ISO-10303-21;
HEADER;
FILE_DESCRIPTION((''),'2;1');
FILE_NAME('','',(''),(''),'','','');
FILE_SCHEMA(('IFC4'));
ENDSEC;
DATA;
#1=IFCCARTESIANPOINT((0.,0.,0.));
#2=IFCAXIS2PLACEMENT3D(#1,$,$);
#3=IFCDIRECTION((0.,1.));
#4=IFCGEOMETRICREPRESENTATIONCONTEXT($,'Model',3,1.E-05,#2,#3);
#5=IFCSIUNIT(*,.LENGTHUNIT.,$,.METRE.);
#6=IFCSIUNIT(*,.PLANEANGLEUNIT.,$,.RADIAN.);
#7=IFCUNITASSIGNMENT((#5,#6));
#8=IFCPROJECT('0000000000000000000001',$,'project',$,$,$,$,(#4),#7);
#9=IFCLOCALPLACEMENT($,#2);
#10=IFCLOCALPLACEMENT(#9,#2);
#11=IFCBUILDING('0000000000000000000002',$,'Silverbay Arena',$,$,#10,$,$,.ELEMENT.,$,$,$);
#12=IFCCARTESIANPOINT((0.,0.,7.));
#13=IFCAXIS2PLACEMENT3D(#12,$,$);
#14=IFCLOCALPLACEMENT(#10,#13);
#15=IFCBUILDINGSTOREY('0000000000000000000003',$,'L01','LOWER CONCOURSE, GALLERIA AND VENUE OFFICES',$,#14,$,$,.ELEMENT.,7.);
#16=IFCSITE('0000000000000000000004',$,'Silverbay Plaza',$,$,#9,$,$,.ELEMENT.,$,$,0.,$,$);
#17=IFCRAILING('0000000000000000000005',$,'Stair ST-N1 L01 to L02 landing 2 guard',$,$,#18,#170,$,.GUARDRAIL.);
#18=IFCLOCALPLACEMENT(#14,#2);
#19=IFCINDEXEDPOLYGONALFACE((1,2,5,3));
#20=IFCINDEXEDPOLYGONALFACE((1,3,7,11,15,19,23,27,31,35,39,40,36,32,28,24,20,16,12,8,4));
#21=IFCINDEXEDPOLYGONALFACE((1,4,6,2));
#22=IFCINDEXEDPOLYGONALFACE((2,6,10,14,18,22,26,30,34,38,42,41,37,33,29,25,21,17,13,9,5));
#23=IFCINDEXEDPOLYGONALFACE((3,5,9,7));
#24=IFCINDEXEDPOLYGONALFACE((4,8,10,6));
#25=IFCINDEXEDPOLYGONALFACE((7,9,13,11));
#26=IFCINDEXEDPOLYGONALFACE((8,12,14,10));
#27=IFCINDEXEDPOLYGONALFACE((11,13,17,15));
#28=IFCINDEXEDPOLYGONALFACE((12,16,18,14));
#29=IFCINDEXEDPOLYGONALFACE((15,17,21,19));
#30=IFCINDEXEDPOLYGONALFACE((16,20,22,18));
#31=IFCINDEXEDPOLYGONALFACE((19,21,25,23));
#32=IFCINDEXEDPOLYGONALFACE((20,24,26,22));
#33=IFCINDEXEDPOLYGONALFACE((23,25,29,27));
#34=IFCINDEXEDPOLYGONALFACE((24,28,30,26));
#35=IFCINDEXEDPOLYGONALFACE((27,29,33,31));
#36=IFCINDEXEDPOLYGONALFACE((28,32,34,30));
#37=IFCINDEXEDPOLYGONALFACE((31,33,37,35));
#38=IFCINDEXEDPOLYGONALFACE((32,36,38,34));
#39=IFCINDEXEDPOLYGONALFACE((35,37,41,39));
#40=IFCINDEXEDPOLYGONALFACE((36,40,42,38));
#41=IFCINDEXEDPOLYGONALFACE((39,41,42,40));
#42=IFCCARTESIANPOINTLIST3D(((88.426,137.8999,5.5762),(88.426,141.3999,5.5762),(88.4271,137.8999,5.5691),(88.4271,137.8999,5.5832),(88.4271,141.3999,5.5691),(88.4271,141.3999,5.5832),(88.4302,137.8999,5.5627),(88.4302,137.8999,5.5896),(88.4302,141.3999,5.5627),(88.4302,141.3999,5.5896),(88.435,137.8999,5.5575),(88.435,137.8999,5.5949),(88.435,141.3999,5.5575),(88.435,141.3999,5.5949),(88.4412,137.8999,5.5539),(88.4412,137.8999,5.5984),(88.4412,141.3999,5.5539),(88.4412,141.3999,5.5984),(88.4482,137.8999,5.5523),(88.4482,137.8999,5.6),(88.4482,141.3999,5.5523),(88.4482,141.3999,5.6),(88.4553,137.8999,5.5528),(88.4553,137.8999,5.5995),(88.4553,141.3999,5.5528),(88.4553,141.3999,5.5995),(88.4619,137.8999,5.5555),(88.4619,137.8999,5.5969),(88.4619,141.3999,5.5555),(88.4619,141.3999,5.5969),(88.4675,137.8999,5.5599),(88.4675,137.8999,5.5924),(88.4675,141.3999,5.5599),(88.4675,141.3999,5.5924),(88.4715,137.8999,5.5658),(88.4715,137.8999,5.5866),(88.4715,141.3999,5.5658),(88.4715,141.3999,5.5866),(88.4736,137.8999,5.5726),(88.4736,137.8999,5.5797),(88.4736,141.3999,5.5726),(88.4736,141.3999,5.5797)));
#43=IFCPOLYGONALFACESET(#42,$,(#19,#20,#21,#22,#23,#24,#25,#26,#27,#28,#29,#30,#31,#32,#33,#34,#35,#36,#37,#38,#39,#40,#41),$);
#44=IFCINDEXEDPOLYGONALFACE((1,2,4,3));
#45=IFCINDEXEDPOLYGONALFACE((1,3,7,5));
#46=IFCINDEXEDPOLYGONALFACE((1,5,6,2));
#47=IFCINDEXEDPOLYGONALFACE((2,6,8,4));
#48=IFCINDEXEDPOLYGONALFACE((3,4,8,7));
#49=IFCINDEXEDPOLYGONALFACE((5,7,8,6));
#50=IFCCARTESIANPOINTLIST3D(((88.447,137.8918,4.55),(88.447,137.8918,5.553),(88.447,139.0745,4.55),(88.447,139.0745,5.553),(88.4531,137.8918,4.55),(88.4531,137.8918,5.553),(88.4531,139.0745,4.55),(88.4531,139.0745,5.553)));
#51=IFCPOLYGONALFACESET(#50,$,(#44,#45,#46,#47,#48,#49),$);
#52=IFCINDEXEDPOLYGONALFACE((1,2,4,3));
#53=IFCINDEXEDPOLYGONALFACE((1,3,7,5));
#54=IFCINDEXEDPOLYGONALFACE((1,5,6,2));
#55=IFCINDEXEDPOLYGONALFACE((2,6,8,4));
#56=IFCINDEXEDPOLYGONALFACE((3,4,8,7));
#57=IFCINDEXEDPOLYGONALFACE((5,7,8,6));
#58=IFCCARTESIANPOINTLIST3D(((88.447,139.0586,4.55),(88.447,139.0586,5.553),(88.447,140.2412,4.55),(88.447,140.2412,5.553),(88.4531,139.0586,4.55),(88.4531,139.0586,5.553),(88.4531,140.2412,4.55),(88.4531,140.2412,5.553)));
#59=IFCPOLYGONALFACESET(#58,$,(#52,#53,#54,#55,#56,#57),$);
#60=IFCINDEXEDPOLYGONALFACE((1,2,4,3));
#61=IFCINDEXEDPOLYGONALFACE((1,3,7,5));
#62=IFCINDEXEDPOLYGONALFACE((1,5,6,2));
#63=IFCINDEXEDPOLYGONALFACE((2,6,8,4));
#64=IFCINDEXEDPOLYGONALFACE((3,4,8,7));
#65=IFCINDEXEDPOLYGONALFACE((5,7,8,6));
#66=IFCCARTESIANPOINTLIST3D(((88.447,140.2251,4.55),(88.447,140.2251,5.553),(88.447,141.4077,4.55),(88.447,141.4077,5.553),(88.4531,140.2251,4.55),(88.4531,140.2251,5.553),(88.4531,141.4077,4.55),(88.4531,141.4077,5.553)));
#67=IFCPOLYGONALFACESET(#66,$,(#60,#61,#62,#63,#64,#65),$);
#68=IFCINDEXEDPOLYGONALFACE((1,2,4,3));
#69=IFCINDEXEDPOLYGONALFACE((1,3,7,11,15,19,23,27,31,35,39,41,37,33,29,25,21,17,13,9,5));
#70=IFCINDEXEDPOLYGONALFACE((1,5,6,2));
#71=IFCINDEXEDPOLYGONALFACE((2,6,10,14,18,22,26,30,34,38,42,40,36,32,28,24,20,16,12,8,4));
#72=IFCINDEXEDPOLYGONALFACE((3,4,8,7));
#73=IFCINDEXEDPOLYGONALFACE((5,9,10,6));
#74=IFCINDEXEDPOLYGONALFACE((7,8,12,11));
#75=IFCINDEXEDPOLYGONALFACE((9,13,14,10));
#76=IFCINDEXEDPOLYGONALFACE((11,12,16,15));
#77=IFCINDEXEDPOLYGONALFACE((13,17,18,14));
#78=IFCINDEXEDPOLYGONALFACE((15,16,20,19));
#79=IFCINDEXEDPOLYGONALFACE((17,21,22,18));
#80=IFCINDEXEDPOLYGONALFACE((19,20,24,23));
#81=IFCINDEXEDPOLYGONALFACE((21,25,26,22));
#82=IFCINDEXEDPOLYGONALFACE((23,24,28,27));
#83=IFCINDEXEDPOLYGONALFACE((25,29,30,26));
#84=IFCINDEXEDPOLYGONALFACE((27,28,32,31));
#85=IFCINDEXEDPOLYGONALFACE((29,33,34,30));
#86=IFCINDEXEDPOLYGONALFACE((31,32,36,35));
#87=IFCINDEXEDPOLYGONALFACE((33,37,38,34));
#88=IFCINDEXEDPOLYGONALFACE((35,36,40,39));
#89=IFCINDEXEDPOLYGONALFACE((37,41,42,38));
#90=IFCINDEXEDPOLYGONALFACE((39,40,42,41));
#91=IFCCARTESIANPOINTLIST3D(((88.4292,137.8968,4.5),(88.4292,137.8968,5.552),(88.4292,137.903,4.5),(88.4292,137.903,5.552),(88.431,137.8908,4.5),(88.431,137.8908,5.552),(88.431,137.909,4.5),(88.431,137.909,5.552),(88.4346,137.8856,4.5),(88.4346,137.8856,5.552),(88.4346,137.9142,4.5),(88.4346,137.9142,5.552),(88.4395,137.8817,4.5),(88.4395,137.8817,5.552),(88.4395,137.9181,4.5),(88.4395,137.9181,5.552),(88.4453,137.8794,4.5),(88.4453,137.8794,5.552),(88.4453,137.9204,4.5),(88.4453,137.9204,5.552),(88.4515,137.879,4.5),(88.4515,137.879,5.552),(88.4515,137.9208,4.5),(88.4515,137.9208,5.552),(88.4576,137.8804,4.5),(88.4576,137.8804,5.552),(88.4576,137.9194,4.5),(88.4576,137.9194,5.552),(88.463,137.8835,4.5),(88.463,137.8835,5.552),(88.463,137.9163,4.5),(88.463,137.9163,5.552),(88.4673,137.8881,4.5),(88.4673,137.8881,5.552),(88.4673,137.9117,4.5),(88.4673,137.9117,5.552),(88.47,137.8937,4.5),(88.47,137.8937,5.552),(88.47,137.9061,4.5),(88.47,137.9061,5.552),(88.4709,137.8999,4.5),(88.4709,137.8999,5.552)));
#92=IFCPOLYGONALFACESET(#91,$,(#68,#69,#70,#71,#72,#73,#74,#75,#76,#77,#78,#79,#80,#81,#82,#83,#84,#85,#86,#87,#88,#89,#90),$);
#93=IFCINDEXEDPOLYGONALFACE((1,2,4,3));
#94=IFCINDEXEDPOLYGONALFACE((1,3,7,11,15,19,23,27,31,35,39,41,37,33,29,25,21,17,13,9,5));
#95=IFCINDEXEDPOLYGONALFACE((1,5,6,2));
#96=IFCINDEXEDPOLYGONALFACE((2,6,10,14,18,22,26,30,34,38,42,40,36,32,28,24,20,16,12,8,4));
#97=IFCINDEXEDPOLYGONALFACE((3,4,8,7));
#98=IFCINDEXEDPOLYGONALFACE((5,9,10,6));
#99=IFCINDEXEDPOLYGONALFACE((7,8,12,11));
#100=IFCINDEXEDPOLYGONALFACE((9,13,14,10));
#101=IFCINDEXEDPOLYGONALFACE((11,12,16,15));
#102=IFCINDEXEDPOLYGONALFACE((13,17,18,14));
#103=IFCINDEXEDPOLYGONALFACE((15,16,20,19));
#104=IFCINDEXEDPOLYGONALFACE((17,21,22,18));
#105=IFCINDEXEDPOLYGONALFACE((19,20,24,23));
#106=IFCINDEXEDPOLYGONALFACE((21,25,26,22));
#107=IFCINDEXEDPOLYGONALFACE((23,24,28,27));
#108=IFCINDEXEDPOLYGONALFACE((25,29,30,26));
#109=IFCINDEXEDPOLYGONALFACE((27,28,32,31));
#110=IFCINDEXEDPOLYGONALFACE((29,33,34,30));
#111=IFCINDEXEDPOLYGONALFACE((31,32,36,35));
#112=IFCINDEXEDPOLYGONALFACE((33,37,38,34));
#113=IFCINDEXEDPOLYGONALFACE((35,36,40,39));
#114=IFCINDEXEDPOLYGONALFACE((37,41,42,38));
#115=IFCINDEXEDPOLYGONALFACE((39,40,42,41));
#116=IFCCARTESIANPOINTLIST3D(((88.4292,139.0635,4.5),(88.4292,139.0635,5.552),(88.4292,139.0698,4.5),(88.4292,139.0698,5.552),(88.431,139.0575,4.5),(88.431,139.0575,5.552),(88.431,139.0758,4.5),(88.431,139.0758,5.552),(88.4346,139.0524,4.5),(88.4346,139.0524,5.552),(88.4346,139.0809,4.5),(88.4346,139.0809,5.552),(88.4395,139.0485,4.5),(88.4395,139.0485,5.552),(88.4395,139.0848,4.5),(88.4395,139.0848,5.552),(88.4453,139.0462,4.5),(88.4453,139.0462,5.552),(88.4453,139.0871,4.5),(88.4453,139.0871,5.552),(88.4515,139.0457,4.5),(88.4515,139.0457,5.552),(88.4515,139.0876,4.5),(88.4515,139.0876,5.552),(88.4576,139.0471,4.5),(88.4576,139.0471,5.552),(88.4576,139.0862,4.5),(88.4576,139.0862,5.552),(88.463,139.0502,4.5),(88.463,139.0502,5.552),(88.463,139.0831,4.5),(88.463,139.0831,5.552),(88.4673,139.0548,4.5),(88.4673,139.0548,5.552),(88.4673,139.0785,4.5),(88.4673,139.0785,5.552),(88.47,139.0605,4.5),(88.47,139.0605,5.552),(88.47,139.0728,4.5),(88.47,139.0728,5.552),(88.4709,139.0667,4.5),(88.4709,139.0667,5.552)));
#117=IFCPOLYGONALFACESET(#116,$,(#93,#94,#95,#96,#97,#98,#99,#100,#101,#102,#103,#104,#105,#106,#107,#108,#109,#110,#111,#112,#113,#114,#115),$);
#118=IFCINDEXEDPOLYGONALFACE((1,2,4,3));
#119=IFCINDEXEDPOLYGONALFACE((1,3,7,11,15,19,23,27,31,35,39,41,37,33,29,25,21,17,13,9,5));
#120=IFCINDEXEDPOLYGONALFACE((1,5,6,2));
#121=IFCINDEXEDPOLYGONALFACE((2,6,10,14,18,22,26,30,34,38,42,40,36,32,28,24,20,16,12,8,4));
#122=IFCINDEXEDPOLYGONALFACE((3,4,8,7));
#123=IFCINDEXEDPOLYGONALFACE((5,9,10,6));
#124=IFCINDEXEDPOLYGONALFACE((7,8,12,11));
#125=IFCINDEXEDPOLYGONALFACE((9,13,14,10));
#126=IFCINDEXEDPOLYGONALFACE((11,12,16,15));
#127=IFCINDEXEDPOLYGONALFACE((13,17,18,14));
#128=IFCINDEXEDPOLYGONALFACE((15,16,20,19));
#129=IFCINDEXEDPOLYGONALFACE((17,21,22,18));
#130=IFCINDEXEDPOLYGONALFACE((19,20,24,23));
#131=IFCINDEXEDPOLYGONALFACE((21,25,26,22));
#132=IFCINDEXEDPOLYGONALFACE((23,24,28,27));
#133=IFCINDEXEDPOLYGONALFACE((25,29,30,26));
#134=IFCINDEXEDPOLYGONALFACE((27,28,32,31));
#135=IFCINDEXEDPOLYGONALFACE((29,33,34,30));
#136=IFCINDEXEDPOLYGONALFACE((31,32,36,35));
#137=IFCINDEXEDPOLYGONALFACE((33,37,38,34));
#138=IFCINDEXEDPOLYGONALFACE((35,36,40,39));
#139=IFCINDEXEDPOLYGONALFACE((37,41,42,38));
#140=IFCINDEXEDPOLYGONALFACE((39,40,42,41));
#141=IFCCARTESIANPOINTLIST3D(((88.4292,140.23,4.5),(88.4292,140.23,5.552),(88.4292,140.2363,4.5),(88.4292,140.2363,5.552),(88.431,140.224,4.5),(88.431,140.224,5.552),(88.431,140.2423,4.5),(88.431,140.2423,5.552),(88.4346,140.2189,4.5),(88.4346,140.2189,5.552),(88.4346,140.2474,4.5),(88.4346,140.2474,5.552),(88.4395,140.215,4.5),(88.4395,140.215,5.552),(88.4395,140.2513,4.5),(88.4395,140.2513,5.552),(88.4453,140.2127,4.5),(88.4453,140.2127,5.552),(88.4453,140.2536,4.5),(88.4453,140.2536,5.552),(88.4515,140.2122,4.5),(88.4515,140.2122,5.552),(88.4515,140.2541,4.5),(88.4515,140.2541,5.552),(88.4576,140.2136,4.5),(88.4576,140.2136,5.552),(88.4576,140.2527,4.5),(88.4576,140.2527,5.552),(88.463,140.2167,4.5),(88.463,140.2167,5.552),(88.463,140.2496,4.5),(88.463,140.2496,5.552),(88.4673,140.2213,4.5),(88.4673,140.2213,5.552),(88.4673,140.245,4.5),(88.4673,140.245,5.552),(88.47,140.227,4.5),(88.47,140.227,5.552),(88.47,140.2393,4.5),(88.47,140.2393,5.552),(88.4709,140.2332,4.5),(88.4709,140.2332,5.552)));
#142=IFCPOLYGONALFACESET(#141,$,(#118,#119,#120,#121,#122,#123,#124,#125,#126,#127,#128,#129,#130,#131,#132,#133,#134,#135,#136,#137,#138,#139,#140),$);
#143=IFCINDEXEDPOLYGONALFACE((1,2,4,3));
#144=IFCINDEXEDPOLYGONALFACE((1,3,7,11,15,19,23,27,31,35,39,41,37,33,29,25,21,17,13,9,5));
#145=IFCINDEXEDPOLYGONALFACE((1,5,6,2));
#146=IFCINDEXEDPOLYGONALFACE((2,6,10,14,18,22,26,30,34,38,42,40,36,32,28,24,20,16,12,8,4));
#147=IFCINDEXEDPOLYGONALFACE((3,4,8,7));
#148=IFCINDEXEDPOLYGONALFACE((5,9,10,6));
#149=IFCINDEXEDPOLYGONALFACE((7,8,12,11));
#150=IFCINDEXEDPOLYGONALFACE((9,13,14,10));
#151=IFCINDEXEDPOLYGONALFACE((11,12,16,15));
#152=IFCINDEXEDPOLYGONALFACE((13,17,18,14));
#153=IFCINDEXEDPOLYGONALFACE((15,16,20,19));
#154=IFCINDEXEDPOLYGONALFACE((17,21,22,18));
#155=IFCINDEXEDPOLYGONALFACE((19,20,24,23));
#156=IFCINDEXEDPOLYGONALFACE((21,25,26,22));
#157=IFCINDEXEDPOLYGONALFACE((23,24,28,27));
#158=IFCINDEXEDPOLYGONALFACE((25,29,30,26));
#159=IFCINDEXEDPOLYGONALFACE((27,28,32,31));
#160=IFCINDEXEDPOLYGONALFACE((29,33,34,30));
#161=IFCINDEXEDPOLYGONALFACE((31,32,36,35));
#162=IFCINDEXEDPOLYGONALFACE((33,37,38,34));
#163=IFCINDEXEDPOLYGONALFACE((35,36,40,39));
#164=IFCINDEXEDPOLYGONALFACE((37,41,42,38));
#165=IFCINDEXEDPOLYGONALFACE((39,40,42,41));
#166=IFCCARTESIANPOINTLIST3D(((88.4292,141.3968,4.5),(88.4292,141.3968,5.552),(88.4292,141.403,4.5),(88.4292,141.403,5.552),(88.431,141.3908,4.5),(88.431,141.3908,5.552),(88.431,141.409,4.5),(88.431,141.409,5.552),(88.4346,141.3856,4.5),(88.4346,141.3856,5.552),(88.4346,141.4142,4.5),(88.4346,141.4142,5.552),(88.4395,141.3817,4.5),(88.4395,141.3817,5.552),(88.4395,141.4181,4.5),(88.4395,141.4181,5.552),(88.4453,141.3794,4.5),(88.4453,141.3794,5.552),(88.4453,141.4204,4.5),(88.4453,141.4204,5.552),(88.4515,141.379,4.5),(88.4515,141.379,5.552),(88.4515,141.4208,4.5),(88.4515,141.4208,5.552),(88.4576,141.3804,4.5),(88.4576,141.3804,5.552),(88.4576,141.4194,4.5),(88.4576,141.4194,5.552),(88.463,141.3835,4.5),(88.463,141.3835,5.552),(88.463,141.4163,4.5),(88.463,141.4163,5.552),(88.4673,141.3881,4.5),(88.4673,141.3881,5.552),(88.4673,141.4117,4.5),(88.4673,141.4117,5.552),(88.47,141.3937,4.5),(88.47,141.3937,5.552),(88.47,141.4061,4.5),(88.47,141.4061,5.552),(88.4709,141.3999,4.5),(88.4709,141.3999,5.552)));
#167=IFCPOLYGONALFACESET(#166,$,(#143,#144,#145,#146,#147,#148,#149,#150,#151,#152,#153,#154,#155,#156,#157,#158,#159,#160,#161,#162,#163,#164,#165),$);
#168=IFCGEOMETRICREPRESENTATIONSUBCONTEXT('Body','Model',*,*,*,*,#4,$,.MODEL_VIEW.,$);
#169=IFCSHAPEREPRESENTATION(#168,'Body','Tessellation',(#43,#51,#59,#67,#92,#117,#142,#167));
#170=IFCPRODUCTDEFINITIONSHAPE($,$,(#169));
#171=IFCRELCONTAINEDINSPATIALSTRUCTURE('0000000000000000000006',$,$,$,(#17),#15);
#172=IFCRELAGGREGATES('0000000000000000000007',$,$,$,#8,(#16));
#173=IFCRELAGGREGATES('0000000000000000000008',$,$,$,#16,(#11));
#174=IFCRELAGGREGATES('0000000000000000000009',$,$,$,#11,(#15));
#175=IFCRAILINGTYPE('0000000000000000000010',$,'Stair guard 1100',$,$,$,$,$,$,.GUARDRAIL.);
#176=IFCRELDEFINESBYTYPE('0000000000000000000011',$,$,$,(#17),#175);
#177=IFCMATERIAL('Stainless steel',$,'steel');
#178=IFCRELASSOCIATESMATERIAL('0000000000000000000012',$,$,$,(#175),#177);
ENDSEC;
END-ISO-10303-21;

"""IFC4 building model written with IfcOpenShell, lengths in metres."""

from ifc_helpers import new_model, si_unit, direction, frame, origin, origin_2d, place, context, subcontext, project, spatial, polyline, circle, outline, extrude, material, type_object, element, save


model = new_model("IFC4")

# Units and contexts
model_context = context("Model", 3, precision=1e-05, world=origin(), true_north=direction((0.0, 1.0)))
body_context = subcontext(model_context, "Body", "Model", "MODEL_VIEW")
ifc_project = project(units=[si_unit("LENGTHUNIT", "METRE"), si_unit("PLANEANGLEUNIT", "RADIAN")], contexts=[model_context])

# Site, building, storey
site_placement = place(None, origin())
site = spatial("IfcSite", under=ifc_project, at=site_placement, Name="Silverbay Plaza", CompositionType="ELEMENT", RefElevation=0.0)
building_placement = place(site_placement, origin())
building = spatial("IfcBuilding", under=site, at=building_placement, Name="Silverbay Arena", CompositionType="ELEMENT")
storey_placement = place(building_placement, frame((0.0, 0.0, 7.0)))
storey = spatial("IfcBuildingStorey", under=building, at=storey_placement, Name="L01", Description="LOWER CONCOURSE, GALLERIA AND VENUE OFFICES", CompositionType="ELEMENT", Elevation=7.0)

# Railing
ifc_material_1 = material(Name="Stainless steel", Category="steel")
railing_type_1 = type_object("IfcRailingType", Name="Stair guard 1100", PredefinedType="GUARDRAIL", material=ifc_material_1)
for number, where, name in (
    (1, (88.45, 137.8999, 4.5), "Stair ST-N1 L01 to L02 landing 2 guard"),
):
    element("IfcRailing", number, at=place(storey_placement, frame(where)), inside=storey, type_object=railing_type_1, Name=name, PredefinedType="GUARDRAIL", context=body_context, shape_type="SweptSolid", body=[
        extrude(circle(Radius=0.0239, at=origin_2d()), frame((0.0, 0.0, 1.0762), z_axis=(0.0, 1.0, 0.0), x_axis=(-1.0, 0.0, 0.0)), (0.0, 0.0, 1.0), 3.5),
        extrude(outline(polyline([(-0.0081, 0.05), (1.1746, 0.05), (1.1746, 1.053), (-0.0081, 1.053), (-0.0081, 0.05)])), frame((-0.0029, 0.0, 0.0), z_axis=(1.0, 0.0, 0.0), x_axis=(0.0, 1.0, 0.0)), (0.0, 0.0, 1.0), 0.0061),
        extrude(outline(polyline([(-0.0081, 0.05), (1.1746, 0.05), (1.1746, 1.053), (-0.0081, 1.053), (-0.0081, 0.05)])), frame((-0.0029, 1.1667, 0.0), z_axis=(1.0, 0.0, 0.0), x_axis=(0.0, 1.0, 0.0)), (0.0, 0.0, 1.0), 0.0061),
        extrude(outline(polyline([(-0.0081, 0.05), (1.1746, 0.05), (1.1746, 1.053), (-0.0081, 1.053), (-0.0081, 0.05)])), frame((-0.0029, 2.3333, 0.0), z_axis=(1.0, 0.0, 0.0), x_axis=(0.0, 1.0, 0.0)), (0.0, 0.0, 1.0), 0.0061),
        extrude(circle(Radius=0.021, at=origin_2d()), origin(), (0.0, 0.0, 1.0), 1.052),
        extrude(circle(Radius=0.021, at=origin_2d()), frame((0.0, 1.1667, 0.0)), (0.0, 0.0, 1.0), 1.052),
        extrude(circle(Radius=0.021, at=origin_2d()), frame((0.0, 2.3333, 0.0)), (0.0, 0.0, 1.0), 1.052),
        extrude(circle(Radius=0.021, at=origin_2d()), frame((0.0, 3.5, 0.0)), (0.0, 0.0, 1.0), 1.052),
    ])

save(model, "model.ifc")
